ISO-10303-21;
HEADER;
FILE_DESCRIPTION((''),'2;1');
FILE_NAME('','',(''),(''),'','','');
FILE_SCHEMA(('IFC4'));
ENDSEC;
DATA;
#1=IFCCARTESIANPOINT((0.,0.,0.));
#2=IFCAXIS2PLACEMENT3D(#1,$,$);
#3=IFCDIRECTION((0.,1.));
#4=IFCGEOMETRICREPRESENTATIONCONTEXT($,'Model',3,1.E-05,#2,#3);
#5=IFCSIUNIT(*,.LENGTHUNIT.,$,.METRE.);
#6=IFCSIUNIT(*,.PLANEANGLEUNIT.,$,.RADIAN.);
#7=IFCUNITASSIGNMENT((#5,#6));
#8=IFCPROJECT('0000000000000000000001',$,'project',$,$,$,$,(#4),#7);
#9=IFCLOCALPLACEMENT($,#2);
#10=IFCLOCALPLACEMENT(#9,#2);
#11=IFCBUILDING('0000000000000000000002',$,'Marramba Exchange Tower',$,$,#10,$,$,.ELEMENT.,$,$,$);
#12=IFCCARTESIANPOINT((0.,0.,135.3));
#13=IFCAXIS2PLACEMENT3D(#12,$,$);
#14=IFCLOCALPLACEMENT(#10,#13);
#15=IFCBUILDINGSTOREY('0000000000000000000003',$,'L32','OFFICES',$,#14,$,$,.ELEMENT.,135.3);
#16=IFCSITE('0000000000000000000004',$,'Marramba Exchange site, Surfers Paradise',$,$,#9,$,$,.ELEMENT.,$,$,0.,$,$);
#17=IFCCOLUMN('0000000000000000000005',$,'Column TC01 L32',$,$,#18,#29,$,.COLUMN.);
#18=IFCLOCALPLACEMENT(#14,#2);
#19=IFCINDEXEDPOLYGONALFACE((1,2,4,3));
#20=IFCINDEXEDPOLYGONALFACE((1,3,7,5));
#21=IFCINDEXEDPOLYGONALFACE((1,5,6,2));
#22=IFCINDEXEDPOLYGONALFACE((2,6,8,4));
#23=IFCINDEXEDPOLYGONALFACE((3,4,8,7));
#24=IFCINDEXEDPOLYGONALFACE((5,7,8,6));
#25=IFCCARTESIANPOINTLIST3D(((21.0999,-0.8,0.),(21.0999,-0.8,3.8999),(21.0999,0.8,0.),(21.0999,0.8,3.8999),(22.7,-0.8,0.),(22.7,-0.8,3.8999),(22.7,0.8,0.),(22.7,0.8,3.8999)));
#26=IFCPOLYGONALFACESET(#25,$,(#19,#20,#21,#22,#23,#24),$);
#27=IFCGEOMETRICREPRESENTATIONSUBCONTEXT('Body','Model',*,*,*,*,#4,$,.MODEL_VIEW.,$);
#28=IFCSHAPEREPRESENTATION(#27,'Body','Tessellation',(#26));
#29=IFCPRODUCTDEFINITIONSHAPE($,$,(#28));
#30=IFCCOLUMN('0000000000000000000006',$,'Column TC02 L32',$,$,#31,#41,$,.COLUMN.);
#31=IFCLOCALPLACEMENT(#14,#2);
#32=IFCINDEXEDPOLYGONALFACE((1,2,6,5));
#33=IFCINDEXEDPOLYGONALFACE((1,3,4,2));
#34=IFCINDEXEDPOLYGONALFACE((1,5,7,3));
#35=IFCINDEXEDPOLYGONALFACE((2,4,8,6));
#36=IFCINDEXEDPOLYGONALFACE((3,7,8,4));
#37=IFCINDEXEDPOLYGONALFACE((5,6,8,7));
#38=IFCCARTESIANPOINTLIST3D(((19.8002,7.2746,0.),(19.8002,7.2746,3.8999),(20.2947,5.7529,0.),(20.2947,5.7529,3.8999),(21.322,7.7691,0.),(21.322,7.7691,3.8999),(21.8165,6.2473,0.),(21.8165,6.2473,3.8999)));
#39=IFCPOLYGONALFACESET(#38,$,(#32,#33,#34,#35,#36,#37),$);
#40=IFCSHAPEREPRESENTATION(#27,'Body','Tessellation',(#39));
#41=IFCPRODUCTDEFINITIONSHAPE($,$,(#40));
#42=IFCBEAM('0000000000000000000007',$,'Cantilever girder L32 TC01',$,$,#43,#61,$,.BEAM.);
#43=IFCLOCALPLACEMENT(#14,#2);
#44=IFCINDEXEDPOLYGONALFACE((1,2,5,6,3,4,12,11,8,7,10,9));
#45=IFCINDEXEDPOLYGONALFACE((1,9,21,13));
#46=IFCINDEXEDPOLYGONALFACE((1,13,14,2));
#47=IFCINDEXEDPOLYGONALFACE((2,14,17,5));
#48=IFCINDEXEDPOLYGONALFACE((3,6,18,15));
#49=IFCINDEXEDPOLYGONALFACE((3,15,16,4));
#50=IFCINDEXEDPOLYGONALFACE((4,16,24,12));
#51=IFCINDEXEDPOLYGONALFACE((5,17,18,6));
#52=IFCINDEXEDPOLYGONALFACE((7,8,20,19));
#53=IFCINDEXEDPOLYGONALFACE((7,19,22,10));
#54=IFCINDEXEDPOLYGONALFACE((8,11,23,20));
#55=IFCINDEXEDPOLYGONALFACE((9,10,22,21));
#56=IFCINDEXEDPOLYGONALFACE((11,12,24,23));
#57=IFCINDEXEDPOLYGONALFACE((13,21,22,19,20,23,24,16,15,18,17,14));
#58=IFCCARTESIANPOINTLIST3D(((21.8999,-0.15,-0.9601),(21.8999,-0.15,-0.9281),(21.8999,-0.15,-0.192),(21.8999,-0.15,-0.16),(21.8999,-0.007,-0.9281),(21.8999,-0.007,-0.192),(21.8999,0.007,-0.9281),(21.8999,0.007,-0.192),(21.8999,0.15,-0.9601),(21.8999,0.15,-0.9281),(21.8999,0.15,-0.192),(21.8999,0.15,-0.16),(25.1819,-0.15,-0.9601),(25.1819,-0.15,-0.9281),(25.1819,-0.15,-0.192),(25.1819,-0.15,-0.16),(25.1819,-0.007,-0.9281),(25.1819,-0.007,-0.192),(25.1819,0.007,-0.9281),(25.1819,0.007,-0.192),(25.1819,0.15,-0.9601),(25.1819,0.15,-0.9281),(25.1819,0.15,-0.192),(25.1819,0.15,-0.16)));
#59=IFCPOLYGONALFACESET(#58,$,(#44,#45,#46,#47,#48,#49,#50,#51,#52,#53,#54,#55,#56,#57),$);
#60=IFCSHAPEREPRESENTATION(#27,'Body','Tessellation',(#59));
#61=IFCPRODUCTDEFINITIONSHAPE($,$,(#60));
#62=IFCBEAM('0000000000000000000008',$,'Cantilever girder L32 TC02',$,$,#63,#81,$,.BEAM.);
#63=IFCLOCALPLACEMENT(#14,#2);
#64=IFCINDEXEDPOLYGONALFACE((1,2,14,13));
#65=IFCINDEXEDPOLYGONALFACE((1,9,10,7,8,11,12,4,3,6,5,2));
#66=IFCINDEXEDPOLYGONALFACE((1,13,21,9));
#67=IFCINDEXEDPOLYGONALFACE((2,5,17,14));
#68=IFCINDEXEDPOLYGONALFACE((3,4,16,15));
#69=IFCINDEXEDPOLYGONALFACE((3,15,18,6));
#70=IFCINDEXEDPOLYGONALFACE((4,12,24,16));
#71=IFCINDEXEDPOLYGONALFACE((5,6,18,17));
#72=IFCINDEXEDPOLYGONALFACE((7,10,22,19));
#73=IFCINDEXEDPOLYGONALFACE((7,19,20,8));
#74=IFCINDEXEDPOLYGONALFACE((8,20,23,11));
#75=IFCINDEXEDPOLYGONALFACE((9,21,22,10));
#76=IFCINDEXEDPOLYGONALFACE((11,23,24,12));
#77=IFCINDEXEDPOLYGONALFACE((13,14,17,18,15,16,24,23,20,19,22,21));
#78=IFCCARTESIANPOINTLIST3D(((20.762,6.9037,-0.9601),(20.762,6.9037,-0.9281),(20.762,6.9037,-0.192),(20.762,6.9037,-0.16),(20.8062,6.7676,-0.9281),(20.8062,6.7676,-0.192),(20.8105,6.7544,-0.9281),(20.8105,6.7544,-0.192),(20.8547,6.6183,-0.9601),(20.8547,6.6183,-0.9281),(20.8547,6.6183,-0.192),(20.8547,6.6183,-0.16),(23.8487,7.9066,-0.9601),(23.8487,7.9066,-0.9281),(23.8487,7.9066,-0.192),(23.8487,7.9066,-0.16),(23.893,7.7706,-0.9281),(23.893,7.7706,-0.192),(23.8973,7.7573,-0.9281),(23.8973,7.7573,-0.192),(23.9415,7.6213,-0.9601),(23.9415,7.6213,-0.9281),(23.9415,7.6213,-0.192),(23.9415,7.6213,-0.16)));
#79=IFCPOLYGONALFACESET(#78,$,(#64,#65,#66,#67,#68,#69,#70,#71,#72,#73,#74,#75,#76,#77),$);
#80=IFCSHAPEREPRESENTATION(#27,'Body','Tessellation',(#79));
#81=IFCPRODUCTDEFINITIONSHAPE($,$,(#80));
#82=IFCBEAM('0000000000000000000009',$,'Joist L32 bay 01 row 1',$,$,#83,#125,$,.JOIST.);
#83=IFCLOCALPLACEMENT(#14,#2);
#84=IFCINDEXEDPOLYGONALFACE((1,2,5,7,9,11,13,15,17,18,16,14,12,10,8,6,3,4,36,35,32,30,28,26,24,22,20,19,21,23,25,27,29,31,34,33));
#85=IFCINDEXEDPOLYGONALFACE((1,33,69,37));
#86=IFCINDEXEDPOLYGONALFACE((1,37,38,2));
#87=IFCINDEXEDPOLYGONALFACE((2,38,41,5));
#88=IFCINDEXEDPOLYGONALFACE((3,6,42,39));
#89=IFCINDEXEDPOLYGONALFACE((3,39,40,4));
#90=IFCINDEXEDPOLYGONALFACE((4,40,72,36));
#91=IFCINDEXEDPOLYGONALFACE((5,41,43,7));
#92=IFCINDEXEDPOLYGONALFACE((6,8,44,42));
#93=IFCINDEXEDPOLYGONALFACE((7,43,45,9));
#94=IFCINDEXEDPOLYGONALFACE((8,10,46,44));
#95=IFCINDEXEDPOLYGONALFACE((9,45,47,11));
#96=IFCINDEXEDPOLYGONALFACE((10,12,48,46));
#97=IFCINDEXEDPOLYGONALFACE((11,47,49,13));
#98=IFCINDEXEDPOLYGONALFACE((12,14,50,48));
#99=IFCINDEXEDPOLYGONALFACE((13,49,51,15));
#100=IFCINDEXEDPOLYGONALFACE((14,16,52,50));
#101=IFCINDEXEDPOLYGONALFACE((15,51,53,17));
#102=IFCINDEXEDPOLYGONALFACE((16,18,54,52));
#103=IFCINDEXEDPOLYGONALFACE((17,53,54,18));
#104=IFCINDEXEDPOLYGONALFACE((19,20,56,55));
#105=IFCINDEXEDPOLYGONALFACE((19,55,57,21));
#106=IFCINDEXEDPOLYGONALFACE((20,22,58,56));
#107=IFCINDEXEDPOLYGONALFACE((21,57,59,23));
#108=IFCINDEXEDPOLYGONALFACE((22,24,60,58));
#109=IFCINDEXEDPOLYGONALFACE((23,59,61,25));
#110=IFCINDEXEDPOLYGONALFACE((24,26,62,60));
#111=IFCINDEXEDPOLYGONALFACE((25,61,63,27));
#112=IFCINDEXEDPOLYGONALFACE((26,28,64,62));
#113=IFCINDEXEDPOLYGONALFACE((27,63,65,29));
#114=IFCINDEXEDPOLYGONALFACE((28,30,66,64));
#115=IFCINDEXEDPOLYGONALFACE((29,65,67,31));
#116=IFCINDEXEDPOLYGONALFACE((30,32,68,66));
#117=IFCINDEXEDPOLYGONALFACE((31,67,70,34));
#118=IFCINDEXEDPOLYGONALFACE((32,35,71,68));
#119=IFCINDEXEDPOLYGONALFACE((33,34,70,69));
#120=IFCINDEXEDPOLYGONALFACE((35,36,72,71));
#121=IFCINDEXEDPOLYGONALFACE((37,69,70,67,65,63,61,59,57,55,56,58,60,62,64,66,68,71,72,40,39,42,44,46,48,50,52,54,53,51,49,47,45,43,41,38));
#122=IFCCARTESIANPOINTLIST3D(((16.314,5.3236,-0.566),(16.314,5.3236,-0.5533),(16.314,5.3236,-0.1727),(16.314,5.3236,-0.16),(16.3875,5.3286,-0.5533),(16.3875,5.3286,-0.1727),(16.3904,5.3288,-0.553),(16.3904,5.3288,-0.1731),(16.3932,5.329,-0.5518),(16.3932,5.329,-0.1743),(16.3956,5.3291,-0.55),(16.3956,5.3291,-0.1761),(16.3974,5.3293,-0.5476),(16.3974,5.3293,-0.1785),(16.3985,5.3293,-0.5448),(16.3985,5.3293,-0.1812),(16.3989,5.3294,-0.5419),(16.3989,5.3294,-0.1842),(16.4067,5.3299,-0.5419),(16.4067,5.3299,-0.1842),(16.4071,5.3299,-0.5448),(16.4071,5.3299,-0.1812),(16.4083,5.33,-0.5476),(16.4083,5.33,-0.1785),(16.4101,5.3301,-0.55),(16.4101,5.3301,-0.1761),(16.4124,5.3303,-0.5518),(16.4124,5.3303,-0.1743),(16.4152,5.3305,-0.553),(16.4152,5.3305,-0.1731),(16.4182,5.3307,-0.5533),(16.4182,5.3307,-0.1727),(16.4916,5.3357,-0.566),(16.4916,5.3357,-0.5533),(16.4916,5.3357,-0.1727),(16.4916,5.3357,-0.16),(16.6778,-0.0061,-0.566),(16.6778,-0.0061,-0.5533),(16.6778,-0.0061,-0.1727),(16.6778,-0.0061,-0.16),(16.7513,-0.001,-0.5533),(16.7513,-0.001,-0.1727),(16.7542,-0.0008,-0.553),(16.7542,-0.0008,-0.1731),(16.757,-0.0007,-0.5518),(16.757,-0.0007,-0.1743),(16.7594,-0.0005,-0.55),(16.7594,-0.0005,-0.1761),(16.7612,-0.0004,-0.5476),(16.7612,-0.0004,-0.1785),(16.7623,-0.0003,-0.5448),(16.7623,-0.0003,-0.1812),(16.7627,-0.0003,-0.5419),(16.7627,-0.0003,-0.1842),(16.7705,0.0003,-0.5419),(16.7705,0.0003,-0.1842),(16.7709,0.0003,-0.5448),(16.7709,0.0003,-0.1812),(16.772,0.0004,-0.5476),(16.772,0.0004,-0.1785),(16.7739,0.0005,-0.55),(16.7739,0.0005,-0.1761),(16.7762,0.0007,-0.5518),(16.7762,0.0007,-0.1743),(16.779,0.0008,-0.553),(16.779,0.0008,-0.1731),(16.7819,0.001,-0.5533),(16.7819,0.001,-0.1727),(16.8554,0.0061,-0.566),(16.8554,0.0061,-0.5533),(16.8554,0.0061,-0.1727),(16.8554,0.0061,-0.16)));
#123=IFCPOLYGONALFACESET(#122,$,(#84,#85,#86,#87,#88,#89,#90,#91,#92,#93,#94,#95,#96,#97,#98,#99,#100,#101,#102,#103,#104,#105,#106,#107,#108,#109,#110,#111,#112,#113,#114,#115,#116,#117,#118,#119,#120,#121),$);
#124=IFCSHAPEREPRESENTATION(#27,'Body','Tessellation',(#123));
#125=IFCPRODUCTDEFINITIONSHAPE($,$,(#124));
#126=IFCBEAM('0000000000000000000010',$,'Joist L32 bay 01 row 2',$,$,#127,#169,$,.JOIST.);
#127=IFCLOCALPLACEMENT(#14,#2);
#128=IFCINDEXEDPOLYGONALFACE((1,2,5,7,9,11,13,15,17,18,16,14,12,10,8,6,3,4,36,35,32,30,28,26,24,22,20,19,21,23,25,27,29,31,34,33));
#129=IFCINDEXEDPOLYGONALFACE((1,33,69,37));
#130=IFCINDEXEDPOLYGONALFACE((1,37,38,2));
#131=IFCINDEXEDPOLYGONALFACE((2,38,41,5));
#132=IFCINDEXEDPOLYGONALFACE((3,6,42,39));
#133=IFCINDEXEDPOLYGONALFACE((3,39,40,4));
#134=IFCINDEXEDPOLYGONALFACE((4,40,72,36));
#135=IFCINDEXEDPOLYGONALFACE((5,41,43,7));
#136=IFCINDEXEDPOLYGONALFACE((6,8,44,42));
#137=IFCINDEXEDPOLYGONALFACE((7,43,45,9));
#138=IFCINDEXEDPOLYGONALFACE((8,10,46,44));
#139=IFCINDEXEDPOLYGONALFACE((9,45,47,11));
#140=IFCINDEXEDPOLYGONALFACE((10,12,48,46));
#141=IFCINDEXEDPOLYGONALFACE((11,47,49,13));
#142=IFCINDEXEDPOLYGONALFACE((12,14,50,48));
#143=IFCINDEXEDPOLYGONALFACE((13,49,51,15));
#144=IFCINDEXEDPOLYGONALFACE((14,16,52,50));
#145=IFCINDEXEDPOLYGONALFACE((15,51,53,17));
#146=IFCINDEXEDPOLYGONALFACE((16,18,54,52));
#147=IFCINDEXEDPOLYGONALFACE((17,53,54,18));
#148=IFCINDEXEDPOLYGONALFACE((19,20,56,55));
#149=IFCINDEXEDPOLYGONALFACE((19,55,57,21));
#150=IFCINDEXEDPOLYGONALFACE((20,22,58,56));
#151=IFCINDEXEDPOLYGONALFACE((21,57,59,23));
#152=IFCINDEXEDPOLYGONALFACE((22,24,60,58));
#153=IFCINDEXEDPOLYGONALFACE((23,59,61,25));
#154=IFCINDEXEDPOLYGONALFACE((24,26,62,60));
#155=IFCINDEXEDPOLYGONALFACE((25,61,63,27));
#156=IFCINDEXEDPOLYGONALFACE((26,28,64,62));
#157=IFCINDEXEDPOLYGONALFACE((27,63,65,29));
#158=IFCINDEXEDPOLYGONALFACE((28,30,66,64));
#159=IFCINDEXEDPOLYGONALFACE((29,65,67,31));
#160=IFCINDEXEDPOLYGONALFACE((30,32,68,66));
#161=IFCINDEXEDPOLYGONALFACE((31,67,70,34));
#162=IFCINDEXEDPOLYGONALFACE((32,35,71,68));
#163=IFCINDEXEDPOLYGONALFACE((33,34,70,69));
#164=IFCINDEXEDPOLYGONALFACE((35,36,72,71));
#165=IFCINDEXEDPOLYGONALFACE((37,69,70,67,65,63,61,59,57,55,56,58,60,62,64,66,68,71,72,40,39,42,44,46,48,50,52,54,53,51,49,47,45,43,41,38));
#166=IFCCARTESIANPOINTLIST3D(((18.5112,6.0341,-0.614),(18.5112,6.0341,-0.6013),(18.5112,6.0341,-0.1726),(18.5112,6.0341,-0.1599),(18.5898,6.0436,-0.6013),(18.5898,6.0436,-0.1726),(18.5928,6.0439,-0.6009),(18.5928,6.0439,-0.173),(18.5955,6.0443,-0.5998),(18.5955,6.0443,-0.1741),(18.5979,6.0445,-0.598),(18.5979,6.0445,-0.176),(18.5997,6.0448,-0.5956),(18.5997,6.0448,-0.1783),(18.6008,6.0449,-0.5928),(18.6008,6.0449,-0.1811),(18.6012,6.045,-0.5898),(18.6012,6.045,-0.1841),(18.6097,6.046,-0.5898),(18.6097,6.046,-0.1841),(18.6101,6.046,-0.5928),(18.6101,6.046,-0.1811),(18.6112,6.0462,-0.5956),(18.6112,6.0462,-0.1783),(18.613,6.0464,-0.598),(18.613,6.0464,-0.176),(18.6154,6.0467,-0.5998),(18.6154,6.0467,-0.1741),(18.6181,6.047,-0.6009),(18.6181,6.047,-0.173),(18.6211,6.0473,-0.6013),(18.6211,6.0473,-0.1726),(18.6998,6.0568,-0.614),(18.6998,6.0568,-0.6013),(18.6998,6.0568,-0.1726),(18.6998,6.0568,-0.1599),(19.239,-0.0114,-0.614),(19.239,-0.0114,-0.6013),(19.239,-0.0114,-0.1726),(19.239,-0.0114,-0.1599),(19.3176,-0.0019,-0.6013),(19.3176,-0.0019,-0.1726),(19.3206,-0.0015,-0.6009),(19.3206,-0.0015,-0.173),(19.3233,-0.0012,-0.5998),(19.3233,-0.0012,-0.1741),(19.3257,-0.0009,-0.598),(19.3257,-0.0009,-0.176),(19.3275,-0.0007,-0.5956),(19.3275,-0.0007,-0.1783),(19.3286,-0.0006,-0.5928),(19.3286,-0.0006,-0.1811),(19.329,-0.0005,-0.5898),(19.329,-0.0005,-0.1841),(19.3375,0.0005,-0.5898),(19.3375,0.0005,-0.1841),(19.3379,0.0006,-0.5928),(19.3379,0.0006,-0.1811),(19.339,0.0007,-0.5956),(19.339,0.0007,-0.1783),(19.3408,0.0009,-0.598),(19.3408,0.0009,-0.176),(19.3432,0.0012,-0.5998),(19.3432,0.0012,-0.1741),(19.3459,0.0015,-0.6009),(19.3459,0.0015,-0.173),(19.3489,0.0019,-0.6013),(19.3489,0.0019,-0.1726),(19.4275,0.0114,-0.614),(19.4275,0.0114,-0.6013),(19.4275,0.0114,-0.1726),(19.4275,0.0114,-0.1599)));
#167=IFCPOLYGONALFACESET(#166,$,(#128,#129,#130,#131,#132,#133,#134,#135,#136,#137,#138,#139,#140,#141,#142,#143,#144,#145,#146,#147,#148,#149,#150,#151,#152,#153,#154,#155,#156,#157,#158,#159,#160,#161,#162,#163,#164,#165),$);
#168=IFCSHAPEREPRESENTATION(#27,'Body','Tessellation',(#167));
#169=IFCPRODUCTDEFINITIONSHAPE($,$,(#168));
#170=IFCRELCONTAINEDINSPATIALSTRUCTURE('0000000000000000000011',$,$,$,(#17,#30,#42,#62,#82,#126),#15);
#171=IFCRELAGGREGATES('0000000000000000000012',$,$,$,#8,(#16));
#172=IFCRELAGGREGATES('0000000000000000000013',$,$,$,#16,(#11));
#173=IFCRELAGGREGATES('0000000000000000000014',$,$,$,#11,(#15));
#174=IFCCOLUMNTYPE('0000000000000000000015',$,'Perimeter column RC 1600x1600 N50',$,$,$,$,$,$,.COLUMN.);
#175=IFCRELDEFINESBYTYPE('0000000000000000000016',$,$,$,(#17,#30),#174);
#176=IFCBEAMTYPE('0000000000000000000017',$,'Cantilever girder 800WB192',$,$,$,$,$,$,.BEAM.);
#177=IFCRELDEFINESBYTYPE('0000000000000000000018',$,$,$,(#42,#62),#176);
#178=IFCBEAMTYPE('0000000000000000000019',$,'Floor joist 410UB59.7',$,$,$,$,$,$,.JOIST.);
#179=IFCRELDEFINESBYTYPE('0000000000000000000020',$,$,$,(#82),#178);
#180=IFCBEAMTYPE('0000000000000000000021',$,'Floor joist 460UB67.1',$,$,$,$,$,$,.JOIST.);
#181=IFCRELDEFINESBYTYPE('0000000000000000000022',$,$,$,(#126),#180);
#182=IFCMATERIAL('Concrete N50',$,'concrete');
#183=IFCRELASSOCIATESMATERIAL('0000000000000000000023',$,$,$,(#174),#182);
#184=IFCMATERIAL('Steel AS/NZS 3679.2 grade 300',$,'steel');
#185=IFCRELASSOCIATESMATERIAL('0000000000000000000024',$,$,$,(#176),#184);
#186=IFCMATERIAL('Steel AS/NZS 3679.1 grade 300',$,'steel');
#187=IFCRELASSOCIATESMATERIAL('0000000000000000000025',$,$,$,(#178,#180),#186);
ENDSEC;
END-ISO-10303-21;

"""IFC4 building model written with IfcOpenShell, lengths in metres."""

from ifc_helpers import new_model, si_unit, direction, frame, origin, origin_2d, place, context, subcontext, project, spatial, rectangle, i_section, extrude, material, material_profile, profile_set, type_object, element, save


model = new_model("IFC4")

# Units and contexts
model_context = context("Model", 3, precision=1e-05, world=origin(), true_north=direction((0.0, 1.0)))
body_context = subcontext(model_context, "Body", "Model", "MODEL_VIEW")
ifc_project = project(units=[si_unit("LENGTHUNIT", "METRE"), si_unit("PLANEANGLEUNIT", "RADIAN")], contexts=[model_context])

# Site, building, storey
site_placement = place(None, origin())
site = spatial("IfcSite", under=ifc_project, at=site_placement, Name="Marramba Exchange site, Surfers Paradise", CompositionType="ELEMENT", RefElevation=0.0)
building_placement = place(site_placement, origin())
building = spatial("IfcBuilding", under=site, at=building_placement, Name="Marramba Exchange Tower", CompositionType="ELEMENT")
storey_placement = place(building_placement, frame((0.0, 0.0, 135.3)))
storey = spatial("IfcBuildingStorey", under=building, at=storey_placement, Name="L32", Description="OFFICES", CompositionType="ELEMENT", Elevation=135.3)

# Columns
ifc_material_1 = material(Name="Concrete N50", Category="concrete")
ifc_material_profile_1 = material_profile(ifc_material_1, rectangle(XDim=1.6001, YDim=1.6001, at=origin_2d()), Name="RC 1600x1600")
ifc_profile_set_1 = profile_set([ifc_material_profile_1], Name="Concrete N50")
column_type = type_object("IfcColumnType", Name="Perimeter column RC 1600x1600 N50", PredefinedType="COLUMN", material=ifc_profile_set_1)
for number, where, z_axis, x_axis, name in (
    (1, (21.8999, 0.0, 0.0), (0.0, 0.0, 1.0), (1.0, 0.0, 0.0), "Column TC01 L32"),
    (2, (20.8083, 6.761, 0.0), (0.0, 0.0, 1.0), (0.951057, 0.309017, 0.0), "Column TC02 L32"),
):
    element("IfcColumn", number, at=place(storey_placement, frame(where, z_axis=z_axis, x_axis=x_axis)), inside=storey, type_object=column_type, Name=name, PredefinedType="COLUMN", context=body_context, shape_type="SweptSolid", body=[
        extrude(rectangle(XDim=1.6001, YDim=1.6001, at=origin_2d()), origin(), (0.0, 0.0, 1.0), 3.8999),
    ])

# Beams
ifc_material_2 = material(Name="Steel AS/NZS 3679.2 grade 300", Category="steel")
ifc_material_profile_2 = material_profile(ifc_material_2, i_section(OverallWidth=0.3, OverallDepth=0.8, WebThickness=0.0139, FlangeThickness=0.032, at=origin_2d()), Name="800WB192")
ifc_profile_set_2 = profile_set([ifc_material_profile_2], Name="Steel AS/NZS 3679.2 grade 300")
beam_type_1 = type_object("IfcBeamType", Name="Cantilever girder 800WB192", PredefinedType="BEAM", material=ifc_profile_set_2)
beam_1_placement = place(storey_placement, frame((21.8999, 0.0, -0.5601), z_axis=(1.0, 0.0, 0.0), x_axis=(0.0, 1.0, 0.0)))
element("IfcBeam", 3, at=beam_1_placement, inside=storey, type_object=beam_type_1, Name="Cantilever girder L32 TC01", PredefinedType="BEAM", context=body_context, shape_type="SweptSolid", body=[
    extrude(i_section(OverallWidth=0.3, OverallDepth=0.8, WebThickness=0.0139, FlangeThickness=0.032, at=origin_2d()), origin(), (0.0, 0.0, 1.0), 3.282),
])
beam_2_placement = place(storey_placement, frame((20.8083, 6.761, -0.5601), z_axis=(0.951056, 0.30902, 0.0), x_axis=(-0.30902, 0.951056, 0.0)))
element("IfcBeam", 4, at=beam_2_placement, inside=storey, type_object=beam_type_1, Name="Cantilever girder L32 TC02", PredefinedType="BEAM", context=body_context, shape_type="SweptSolid", body=[
    extrude(i_section(OverallWidth=0.3, OverallDepth=0.8, WebThickness=0.0139, FlangeThickness=0.032, at=origin_2d()), origin(), (0.0, 0.0, 1.0), 3.2456),
])
ifc_material_3 = material(Name="Steel AS/NZS 3679.1 grade 300", Category="steel")
ifc_material_profile_3 = material_profile(ifc_material_3, i_section(OverallWidth=0.178, OverallDepth=0.406, WebThickness=0.0078, FlangeThickness=0.0127, FilletRadius=0.0115, at=origin_2d()), Name="410UB59.7")
ifc_profile_set_3 = profile_set([ifc_material_profile_3], Name="Steel AS/NZS 3679.1 grade 300")
beam_type_2 = type_object("IfcBeamType", Name="Floor joist 410UB59.7", PredefinedType="JOIST", material=ifc_profile_set_3)
beam_3_placement = place(storey_placement, frame((16.7666, 0.0, -0.363), z_axis=(-0.068096, 0.997679, 0.0), x_axis=(-0.997679, -0.068096, 0.0)))
element("IfcBeam", 5, at=beam_3_placement, inside=storey, type_object=beam_type_2, Name="Joist L32 bay 01 row 1", PredefinedType="JOIST", context=body_context, shape_type="SweptSolid", body=[
    extrude(i_section(OverallWidth=0.178, OverallDepth=0.406, WebThickness=0.0078, FlangeThickness=0.0127, FilletRadius=0.0115, at=origin_2d()), origin(), (0.0, 0.0, 1.0), 5.342),
])
ifc_material_profile_4 = material_profile(ifc_material_3, i_section(OverallWidth=0.1899, OverallDepth=0.4541, WebThickness=0.0085, FlangeThickness=0.0127, FilletRadius=0.0115, at=origin_2d()), Name="460UB67.1")
ifc_profile_set_4 = profile_set([ifc_material_profile_4], Name="Steel AS/NZS 3679.1 grade 300")
beam_type_3 = type_object("IfcBeamType", Name="Floor joist 460UB67.1", PredefinedType="JOIST", material=ifc_profile_set_4)
beam_4_placement = place(storey_placement, frame((19.3333, 0.0, -0.387), z_axis=(-0.119523, 0.992831, 0.0), x_axis=(-0.992831, -0.119523, 0.0)))
element("IfcBeam", 6, at=beam_4_placement, inside=storey, type_object=beam_type_3, Name="Joist L32 bay 01 row 2", PredefinedType="JOIST", context=body_context, shape_type="SweptSolid", body=[
    extrude(i_section(OverallWidth=0.1899, OverallDepth=0.4541, WebThickness=0.0085, FlangeThickness=0.0127, FilletRadius=0.0115, at=origin_2d()), origin(), (0.0, 0.0, 1.0), 6.0891),
])

save(model, "model.ifc")
